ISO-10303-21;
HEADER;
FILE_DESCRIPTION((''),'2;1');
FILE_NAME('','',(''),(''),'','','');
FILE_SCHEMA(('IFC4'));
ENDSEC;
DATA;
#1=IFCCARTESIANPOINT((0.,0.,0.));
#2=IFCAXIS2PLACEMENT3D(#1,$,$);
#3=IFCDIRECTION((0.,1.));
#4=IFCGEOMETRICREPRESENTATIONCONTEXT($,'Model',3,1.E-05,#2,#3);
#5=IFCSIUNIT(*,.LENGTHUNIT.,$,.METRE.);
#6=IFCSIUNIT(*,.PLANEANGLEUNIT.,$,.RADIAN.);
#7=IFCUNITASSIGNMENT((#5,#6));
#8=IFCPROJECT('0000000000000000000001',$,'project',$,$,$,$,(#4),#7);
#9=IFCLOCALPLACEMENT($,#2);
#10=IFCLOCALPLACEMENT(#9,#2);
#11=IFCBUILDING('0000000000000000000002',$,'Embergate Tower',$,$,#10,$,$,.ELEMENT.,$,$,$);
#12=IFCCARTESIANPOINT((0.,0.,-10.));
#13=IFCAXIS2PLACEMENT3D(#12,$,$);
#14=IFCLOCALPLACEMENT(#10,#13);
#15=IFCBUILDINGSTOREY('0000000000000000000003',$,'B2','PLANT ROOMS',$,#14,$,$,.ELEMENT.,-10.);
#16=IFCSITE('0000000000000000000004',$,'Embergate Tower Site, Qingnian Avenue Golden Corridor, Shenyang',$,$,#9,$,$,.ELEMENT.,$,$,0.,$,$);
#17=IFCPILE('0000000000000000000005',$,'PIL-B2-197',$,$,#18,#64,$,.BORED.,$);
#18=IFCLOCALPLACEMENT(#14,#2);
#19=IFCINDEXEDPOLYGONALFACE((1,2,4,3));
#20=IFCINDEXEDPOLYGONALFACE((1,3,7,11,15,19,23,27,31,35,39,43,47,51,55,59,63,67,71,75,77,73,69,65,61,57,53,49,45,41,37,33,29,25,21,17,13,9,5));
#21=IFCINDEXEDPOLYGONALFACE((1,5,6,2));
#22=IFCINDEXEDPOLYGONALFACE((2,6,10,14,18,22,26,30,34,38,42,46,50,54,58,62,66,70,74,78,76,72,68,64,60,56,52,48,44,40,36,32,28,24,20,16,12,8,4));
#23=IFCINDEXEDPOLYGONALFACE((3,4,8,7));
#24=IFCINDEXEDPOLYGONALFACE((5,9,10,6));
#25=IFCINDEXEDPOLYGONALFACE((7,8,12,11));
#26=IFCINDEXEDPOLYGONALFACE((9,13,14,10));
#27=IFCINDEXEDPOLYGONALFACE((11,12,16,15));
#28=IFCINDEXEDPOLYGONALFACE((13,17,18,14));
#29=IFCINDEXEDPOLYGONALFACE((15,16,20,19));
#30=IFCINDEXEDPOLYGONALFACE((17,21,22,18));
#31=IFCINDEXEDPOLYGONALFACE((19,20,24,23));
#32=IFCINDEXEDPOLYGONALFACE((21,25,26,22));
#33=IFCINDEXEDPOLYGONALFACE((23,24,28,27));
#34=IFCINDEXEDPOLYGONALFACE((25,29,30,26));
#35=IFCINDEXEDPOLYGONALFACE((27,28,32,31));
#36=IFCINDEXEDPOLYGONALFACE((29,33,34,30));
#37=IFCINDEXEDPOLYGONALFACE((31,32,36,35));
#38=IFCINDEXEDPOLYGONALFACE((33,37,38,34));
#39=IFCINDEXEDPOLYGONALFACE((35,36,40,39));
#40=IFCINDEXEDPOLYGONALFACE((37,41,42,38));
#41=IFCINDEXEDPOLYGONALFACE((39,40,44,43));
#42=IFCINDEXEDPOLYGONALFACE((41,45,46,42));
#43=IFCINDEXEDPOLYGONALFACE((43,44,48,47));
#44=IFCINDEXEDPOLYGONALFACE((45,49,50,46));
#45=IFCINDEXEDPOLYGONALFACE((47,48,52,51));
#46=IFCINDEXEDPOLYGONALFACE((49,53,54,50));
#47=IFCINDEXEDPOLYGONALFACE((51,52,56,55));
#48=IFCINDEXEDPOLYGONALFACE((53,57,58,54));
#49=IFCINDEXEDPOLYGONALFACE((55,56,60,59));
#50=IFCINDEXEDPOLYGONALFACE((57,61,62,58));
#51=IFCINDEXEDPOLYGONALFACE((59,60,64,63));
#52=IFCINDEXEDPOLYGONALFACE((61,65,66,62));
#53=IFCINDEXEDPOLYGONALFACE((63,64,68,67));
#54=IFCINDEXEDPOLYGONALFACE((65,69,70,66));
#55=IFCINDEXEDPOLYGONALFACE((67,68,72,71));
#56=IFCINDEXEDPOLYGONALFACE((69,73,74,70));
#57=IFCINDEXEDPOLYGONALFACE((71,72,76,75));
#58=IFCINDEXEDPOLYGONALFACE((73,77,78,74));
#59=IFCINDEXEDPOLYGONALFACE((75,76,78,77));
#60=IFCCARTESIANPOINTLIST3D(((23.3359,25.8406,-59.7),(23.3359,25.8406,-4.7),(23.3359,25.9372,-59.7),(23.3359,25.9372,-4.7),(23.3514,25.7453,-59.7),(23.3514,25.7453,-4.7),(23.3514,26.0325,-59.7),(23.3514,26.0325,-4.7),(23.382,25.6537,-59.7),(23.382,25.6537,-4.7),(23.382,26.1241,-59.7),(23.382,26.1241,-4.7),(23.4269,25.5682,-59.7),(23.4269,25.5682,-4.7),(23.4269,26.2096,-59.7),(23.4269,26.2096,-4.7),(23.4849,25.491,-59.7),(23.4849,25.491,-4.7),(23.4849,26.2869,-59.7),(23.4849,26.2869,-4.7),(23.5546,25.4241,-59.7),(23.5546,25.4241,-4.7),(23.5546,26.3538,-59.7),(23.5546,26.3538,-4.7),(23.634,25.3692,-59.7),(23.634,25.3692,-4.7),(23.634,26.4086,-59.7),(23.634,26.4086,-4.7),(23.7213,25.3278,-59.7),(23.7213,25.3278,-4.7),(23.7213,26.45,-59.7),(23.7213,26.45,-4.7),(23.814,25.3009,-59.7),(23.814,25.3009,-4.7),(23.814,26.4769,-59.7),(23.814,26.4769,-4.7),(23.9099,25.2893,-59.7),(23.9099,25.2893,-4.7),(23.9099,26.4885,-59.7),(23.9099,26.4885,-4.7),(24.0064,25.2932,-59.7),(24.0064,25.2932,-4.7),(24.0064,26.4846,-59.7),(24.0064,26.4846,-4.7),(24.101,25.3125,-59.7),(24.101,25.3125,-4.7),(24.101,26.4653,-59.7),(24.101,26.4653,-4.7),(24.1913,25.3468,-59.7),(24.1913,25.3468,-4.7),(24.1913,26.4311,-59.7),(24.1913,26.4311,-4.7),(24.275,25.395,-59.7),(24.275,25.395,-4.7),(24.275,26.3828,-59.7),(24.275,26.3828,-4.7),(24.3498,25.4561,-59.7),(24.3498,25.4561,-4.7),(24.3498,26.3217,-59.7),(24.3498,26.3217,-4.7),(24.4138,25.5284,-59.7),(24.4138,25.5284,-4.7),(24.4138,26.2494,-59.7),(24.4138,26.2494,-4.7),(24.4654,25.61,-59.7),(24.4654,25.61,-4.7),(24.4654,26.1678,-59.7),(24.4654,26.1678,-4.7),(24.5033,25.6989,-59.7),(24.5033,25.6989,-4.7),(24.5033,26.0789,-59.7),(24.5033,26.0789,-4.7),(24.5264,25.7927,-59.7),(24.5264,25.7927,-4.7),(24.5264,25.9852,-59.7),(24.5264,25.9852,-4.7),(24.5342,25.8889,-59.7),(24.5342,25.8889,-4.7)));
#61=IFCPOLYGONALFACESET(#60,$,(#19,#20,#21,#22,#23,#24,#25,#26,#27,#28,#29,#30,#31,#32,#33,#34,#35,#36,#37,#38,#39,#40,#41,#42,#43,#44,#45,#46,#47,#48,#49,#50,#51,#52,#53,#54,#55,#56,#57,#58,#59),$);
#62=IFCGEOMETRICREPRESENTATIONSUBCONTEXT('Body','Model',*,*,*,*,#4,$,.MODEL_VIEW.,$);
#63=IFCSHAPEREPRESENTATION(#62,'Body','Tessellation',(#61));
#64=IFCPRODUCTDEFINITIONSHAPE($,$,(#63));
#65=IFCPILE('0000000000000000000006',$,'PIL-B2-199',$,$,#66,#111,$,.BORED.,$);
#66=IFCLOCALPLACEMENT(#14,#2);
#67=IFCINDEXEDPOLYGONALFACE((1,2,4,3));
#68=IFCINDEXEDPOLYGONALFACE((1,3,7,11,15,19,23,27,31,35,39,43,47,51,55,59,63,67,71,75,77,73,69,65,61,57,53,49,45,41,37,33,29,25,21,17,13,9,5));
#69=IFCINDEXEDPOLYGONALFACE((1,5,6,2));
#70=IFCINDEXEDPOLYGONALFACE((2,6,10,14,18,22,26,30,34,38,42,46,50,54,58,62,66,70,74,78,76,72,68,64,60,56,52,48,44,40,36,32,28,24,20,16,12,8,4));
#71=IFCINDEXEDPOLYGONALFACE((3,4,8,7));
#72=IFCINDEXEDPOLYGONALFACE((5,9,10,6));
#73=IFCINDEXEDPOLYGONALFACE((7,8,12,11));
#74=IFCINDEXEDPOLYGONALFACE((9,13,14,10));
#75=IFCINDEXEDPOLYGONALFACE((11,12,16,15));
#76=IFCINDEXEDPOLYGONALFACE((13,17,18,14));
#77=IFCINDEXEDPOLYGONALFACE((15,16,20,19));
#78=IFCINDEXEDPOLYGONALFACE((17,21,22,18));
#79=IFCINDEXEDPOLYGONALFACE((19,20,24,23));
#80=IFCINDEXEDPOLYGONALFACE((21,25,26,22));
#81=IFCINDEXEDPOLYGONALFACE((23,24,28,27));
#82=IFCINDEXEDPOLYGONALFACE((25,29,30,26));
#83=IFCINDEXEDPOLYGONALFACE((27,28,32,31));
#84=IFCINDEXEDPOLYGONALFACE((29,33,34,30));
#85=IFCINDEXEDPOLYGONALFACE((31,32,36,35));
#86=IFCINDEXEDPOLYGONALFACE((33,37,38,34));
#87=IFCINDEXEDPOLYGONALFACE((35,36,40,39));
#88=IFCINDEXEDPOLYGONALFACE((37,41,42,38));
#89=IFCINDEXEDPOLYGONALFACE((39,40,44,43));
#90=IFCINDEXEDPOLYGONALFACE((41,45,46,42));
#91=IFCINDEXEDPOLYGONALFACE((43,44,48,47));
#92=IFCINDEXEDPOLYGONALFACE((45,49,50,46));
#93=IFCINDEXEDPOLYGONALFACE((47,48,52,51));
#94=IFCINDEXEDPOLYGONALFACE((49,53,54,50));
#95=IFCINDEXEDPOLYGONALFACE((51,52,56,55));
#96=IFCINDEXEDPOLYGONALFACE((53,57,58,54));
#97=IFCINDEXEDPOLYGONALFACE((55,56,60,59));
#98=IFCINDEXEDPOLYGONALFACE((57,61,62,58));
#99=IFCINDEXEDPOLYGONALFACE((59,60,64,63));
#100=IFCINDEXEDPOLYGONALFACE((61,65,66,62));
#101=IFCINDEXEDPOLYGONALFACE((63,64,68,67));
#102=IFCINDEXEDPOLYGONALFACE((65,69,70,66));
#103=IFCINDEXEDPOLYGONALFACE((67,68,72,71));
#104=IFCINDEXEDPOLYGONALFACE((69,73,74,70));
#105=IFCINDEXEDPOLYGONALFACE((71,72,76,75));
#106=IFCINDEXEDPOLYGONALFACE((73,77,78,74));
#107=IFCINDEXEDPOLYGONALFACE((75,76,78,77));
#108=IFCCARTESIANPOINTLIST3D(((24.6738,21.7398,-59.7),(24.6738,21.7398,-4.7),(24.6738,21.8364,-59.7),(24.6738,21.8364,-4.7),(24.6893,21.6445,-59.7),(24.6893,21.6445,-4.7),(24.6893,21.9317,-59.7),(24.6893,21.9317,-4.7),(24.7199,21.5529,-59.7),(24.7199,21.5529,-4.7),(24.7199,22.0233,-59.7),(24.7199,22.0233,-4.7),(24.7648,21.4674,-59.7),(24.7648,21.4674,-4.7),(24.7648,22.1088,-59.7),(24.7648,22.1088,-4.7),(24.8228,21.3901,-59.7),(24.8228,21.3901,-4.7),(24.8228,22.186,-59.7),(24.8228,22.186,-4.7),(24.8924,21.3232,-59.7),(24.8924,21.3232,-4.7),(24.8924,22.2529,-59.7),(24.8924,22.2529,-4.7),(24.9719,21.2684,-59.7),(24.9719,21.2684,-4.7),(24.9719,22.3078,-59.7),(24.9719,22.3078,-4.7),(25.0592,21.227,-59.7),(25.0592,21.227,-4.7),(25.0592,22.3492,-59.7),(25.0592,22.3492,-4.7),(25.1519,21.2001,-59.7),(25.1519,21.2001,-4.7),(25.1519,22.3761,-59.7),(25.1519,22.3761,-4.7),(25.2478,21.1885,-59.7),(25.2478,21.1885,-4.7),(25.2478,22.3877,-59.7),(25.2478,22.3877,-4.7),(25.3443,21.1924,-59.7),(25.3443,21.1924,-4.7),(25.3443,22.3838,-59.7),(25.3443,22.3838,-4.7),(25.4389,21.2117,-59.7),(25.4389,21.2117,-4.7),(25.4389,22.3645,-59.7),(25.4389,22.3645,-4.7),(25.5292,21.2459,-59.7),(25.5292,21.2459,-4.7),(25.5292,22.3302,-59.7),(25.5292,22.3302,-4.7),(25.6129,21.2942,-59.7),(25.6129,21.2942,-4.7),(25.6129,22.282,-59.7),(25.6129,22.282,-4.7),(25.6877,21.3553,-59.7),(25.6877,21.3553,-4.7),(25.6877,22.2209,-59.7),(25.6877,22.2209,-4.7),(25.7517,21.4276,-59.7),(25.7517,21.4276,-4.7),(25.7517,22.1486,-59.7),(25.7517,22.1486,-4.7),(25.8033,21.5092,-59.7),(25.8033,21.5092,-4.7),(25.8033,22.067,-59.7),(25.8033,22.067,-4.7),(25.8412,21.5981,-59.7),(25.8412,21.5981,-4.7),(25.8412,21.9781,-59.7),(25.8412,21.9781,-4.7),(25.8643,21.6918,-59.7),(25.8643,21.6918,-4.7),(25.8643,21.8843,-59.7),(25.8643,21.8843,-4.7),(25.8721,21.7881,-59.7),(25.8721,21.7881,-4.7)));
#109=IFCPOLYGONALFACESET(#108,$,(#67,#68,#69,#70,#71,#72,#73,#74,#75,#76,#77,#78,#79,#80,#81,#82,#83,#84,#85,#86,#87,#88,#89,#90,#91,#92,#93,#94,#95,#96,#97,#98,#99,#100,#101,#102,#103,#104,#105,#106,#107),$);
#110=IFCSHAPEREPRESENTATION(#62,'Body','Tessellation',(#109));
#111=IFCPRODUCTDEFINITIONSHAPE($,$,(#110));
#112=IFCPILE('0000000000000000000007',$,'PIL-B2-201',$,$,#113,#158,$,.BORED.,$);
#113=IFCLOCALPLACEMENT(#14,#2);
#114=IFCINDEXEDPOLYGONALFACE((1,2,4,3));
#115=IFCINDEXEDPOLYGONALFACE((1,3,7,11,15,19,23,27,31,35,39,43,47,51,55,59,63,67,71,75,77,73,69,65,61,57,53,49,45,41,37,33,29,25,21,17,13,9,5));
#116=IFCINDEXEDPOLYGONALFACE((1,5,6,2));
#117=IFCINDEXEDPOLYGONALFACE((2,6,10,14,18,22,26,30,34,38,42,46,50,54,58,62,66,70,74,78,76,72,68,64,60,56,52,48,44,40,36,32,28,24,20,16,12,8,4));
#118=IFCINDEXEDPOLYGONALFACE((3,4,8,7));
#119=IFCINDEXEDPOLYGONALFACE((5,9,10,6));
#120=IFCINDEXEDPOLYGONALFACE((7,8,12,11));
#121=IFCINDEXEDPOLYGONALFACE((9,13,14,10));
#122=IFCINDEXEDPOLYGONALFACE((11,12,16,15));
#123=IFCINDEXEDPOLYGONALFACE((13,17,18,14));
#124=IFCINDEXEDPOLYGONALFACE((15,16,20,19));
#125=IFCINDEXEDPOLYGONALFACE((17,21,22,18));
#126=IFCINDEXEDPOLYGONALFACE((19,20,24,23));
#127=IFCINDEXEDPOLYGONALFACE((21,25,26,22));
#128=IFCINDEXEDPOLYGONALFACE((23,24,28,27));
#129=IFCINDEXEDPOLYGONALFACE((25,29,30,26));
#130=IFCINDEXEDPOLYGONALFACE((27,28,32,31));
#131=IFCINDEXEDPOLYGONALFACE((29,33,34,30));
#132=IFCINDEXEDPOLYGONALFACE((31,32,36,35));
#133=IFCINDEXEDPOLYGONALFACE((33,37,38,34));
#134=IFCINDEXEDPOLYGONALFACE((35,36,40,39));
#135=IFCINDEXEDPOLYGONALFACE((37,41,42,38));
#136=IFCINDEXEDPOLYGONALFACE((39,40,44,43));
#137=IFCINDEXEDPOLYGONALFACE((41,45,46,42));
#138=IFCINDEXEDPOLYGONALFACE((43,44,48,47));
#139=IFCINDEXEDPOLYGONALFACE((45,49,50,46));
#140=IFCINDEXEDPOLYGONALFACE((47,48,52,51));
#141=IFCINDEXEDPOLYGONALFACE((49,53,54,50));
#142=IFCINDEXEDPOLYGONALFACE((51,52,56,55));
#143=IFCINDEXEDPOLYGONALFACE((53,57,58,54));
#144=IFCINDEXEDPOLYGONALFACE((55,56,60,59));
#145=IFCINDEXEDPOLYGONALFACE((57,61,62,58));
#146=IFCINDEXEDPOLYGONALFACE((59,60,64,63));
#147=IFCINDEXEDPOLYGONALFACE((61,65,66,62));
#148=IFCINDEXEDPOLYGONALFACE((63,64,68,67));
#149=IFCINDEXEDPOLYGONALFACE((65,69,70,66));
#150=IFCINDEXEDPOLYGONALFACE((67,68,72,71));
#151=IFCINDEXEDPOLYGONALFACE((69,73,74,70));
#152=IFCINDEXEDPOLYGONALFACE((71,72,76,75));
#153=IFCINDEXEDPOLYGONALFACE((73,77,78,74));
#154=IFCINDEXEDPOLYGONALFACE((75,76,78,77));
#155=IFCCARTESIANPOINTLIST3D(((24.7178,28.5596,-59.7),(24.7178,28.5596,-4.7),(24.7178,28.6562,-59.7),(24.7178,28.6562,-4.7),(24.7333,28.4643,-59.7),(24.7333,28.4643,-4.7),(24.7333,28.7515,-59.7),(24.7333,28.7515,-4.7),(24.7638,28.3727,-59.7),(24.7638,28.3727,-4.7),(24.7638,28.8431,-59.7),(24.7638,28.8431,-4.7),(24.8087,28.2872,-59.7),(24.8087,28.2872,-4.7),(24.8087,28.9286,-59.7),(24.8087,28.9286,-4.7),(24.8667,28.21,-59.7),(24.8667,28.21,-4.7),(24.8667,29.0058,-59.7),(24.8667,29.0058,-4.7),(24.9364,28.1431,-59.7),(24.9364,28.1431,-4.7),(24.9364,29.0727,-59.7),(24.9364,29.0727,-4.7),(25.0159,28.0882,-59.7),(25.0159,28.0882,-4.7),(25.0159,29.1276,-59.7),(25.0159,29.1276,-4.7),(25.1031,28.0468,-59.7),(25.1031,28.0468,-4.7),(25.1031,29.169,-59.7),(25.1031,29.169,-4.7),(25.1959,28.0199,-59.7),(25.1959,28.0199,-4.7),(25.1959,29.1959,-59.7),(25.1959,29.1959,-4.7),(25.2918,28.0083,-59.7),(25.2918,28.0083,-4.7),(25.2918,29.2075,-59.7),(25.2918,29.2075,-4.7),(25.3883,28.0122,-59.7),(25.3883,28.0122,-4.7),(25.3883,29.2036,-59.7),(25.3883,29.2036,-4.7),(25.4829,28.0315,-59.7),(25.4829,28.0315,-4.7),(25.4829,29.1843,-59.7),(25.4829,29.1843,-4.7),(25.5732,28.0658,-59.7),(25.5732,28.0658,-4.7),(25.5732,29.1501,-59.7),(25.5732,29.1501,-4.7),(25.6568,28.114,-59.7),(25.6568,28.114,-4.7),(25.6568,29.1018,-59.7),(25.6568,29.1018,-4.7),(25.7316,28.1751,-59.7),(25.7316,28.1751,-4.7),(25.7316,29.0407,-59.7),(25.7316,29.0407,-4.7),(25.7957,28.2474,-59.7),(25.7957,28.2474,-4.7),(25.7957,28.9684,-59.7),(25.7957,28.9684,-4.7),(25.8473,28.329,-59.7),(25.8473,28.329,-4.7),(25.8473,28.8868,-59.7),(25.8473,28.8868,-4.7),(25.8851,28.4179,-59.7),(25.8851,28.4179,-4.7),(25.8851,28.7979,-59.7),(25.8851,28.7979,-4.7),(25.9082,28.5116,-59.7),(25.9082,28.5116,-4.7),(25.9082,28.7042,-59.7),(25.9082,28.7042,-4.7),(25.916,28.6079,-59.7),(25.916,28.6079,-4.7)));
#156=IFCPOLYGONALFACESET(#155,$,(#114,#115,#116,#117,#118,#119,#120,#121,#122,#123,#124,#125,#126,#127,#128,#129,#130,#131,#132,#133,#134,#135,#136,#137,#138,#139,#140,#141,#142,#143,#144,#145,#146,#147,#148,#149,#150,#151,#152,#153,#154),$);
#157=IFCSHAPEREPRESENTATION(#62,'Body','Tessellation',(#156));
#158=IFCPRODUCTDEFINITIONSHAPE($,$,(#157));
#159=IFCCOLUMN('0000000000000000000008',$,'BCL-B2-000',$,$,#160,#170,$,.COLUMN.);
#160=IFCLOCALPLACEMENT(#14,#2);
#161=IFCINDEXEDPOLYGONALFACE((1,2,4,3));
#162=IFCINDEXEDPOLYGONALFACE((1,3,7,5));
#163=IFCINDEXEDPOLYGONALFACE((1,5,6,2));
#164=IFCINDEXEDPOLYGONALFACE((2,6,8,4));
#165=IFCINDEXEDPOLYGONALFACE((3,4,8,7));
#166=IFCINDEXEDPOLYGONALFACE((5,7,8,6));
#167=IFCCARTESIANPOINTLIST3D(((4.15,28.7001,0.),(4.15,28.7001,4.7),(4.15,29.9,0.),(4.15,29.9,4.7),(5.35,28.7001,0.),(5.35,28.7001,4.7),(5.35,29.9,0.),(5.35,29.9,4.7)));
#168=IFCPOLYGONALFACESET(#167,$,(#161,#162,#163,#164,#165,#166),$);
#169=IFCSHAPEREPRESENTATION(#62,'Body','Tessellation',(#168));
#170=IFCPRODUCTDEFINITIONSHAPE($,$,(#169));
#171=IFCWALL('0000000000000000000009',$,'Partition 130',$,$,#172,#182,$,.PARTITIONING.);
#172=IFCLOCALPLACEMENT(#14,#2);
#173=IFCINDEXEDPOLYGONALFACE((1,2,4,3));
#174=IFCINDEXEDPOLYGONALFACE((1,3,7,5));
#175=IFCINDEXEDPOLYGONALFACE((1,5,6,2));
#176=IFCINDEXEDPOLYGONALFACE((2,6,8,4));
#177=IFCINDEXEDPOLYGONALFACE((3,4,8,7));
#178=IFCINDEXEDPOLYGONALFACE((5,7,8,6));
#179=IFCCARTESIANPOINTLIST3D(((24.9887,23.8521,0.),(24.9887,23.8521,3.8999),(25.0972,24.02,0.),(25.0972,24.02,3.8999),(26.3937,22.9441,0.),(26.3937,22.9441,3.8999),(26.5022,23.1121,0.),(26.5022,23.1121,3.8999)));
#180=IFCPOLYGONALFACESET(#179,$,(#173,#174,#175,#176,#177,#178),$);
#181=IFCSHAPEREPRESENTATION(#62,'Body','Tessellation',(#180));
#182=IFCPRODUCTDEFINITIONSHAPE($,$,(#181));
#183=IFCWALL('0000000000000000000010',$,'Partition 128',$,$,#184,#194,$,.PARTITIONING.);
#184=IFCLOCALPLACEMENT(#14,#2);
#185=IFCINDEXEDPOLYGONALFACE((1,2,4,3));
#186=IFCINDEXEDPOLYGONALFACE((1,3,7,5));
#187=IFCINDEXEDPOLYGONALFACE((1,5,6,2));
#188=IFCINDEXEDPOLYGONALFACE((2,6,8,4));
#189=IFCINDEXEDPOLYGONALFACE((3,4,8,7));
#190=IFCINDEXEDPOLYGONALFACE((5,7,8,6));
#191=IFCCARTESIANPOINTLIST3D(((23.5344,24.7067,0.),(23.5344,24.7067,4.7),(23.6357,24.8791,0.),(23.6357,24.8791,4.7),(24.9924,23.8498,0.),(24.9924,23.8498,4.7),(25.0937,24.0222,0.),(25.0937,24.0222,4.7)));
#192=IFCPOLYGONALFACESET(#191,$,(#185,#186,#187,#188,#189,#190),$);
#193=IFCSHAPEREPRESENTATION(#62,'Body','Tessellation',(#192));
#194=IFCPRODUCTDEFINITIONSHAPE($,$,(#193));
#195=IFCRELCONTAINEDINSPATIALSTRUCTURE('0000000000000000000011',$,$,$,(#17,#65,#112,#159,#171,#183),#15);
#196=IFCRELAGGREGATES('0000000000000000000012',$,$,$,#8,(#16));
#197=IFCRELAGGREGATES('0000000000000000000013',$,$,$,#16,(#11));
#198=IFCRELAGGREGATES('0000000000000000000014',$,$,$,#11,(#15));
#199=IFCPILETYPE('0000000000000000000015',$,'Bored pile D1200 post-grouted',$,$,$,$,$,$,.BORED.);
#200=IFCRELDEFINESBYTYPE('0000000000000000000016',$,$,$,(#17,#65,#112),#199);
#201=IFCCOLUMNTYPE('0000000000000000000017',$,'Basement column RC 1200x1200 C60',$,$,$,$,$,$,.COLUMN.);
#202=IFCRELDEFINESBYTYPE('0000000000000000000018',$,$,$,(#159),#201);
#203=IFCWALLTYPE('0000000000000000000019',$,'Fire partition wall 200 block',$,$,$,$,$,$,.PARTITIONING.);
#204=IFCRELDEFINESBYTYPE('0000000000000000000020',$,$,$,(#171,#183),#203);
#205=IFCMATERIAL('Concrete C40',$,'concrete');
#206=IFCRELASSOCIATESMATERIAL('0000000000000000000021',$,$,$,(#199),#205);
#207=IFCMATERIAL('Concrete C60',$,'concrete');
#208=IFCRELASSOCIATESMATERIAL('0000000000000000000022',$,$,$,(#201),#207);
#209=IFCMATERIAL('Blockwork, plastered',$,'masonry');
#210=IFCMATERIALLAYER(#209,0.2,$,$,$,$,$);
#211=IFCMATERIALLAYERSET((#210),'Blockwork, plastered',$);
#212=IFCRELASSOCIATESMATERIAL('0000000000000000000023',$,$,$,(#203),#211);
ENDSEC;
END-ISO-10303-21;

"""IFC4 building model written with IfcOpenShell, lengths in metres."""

from ifc_helpers import new_model, si_unit, direction, frame, frame_2d, origin, origin_2d, place, context, subcontext, project, spatial, rectangle, circle, extrude, source, transform, mapped, material, layer, layer_set, material_profile, profile_set, type_object, element, save


model = new_model("IFC4")

# Units and contexts
model_context = context("Model", 3, precision=1e-05, world=origin(), true_north=direction((0.0, 1.0)))
body_context = subcontext(model_context, "Body", "Model", "MODEL_VIEW")
ifc_project = project(units=[si_unit("LENGTHUNIT", "METRE"), si_unit("PLANEANGLEUNIT", "RADIAN")], contexts=[model_context])

# Site, building, storey
site_placement = place(None, origin())
site = spatial("IfcSite", under=ifc_project, at=site_placement, Name="Embergate Tower Site, Qingnian Avenue Golden Corridor, Shenyang", CompositionType="ELEMENT", RefElevation=0.0)
building_placement = place(site_placement, origin())
building = spatial("IfcBuilding", under=site, at=building_placement, Name="Embergate Tower", CompositionType="ELEMENT")
storey_placement = place(building_placement, frame((0.0, 0.0, -10.0)))
storey = spatial("IfcBuildingStorey", under=building, at=storey_placement, Name="B2", Description="PLANT ROOMS", CompositionType="ELEMENT", Elevation=-10.0)

# Piles
ifc_material_1 = material(Name="Concrete C40", Category="concrete")
ifc_material_profile_1 = material_profile(ifc_material_1, circle(Radius=0.6001, at=origin_2d()), Name="D1200")
ifc_profile_set_1 = profile_set([ifc_material_profile_1], Name="Concrete C40")
pile_type = type_object("IfcPileType", Name="Bored pile D1200 post-grouted", PredefinedType="BORED", material=ifc_profile_set_1)
shared_shape_1 = source(origin(), body_context, "Body", "SweptSolid", [
    extrude(circle(Radius=0.6001, at=origin_2d()), origin(), (0.0, 0.0, 1.0), 55.0),
])
for number, where, z_axis, x_axis, name in (
    (1, (23.9341, 25.8889, -4.7), (0.0, 0.0, -1.0), (1.0, 0.0, 0.0), "PIL-B2-197"),
    (2, (25.272, 21.7881, -4.7), (0.0, 0.0, -1.0), (1.0, 0.0, 0.0), "PIL-B2-199"),
    (3, (25.3159, 28.6079, -4.7), (0.0, 0.0, -1.0), (1.0, 0.0, 0.0), "PIL-B2-201"),
):
    element("IfcPile", number, at=place(storey_placement, frame(where, z_axis=z_axis, x_axis=x_axis)), inside=storey, type_object=pile_type, Name=name, PredefinedType="BORED", context=body_context, shape_type="MappedRepresentation", body=[
        mapped(shared_shape_1, transform((0.0, 0.0, 0.0))),
    ])

# Column
ifc_material_2 = material(Name="Concrete C60", Category="concrete")
ifc_material_profile_2 = material_profile(ifc_material_2, rectangle(XDim=1.2, YDim=1.2, at=origin_2d()), Name="RC 1200x1200")
ifc_profile_set_2 = profile_set([ifc_material_profile_2], Name="Concrete C60")
column_type = type_object("IfcColumnType", Name="Basement column RC 1200x1200 C60", PredefinedType="COLUMN", material=ifc_profile_set_2)
shared_shape_2 = source(origin(), body_context, "Body", "SweptSolid", [
    extrude(rectangle(XDim=1.2, YDim=1.2, at=origin_2d()), origin(), (0.0, 0.0, 1.0), 4.7),
])
column_placement = place(storey_placement, frame((4.75, 29.3, 0.0), z_axis=(0.0, 0.0, 1.0), x_axis=(1.0, 0.0, 0.0)))
element("IfcColumn", 4, at=column_placement, inside=storey, type_object=column_type, Name="BCL-B2-000", PredefinedType="COLUMN", context=body_context, shape_type="MappedRepresentation", body=[
    mapped(shared_shape_2, transform((0.0, 0.0, 0.0))),
])

# Walls
ifc_material_3 = material(Name="Blockwork, plastered", Category="masonry")
ifc_layer = layer(ifc_material_3, 0.2)
ifc_layer_set = layer_set([ifc_layer], Name="Blockwork, plastered")
wall_type = type_object("IfcWallType", Name="Fire partition wall 200 block", PredefinedType="PARTITIONING", material=ifc_layer_set)
shared_shape_3 = source(origin(), body_context, "Body", "SweptSolid", [
    extrude(rectangle(XDim=1.6729, YDim=0.2, at=frame_2d((0.8364, 0.0))), origin(), (0.0, 0.0, 1.0), 3.8999),
])
wall_1_placement = place(storey_placement, frame((25.043, 23.936, 0.0), z_axis=(0.0, 0.0, 1.0), x_axis=(0.839891, -0.542755, 0.0)))
element("IfcWall", 5, at=wall_1_placement, inside=storey, type_object=wall_type, Name="Partition 130", PredefinedType="PARTITIONING", context=body_context, shape_type="MappedRepresentation", body=[
    mapped(shared_shape_3, transform((0.0, 0.0, 0.0))),
])
shared_shape_4 = source(origin(), body_context, "Body", "SweptSolid", [
    extrude(rectangle(XDim=1.6912, YDim=0.2, at=frame_2d((0.8457, 0.0))), origin(), (0.0, 0.0, 1.0), 4.7),
])
wall_2_placement = place(storey_placement, frame((23.585, 24.793, 0.0), z_axis=(0.0, 0.0, 1.0), x_axis=(0.86212, -0.506705, 0.0)))
element("IfcWall", 6, at=wall_2_placement, inside=storey, type_object=wall_type, Name="Partition 128", PredefinedType="PARTITIONING", context=body_context, shape_type="MappedRepresentation", body=[
    mapped(shared_shape_4, transform((0.0, 0.0, 0.0))),
])

save(model, "model.ifc")
